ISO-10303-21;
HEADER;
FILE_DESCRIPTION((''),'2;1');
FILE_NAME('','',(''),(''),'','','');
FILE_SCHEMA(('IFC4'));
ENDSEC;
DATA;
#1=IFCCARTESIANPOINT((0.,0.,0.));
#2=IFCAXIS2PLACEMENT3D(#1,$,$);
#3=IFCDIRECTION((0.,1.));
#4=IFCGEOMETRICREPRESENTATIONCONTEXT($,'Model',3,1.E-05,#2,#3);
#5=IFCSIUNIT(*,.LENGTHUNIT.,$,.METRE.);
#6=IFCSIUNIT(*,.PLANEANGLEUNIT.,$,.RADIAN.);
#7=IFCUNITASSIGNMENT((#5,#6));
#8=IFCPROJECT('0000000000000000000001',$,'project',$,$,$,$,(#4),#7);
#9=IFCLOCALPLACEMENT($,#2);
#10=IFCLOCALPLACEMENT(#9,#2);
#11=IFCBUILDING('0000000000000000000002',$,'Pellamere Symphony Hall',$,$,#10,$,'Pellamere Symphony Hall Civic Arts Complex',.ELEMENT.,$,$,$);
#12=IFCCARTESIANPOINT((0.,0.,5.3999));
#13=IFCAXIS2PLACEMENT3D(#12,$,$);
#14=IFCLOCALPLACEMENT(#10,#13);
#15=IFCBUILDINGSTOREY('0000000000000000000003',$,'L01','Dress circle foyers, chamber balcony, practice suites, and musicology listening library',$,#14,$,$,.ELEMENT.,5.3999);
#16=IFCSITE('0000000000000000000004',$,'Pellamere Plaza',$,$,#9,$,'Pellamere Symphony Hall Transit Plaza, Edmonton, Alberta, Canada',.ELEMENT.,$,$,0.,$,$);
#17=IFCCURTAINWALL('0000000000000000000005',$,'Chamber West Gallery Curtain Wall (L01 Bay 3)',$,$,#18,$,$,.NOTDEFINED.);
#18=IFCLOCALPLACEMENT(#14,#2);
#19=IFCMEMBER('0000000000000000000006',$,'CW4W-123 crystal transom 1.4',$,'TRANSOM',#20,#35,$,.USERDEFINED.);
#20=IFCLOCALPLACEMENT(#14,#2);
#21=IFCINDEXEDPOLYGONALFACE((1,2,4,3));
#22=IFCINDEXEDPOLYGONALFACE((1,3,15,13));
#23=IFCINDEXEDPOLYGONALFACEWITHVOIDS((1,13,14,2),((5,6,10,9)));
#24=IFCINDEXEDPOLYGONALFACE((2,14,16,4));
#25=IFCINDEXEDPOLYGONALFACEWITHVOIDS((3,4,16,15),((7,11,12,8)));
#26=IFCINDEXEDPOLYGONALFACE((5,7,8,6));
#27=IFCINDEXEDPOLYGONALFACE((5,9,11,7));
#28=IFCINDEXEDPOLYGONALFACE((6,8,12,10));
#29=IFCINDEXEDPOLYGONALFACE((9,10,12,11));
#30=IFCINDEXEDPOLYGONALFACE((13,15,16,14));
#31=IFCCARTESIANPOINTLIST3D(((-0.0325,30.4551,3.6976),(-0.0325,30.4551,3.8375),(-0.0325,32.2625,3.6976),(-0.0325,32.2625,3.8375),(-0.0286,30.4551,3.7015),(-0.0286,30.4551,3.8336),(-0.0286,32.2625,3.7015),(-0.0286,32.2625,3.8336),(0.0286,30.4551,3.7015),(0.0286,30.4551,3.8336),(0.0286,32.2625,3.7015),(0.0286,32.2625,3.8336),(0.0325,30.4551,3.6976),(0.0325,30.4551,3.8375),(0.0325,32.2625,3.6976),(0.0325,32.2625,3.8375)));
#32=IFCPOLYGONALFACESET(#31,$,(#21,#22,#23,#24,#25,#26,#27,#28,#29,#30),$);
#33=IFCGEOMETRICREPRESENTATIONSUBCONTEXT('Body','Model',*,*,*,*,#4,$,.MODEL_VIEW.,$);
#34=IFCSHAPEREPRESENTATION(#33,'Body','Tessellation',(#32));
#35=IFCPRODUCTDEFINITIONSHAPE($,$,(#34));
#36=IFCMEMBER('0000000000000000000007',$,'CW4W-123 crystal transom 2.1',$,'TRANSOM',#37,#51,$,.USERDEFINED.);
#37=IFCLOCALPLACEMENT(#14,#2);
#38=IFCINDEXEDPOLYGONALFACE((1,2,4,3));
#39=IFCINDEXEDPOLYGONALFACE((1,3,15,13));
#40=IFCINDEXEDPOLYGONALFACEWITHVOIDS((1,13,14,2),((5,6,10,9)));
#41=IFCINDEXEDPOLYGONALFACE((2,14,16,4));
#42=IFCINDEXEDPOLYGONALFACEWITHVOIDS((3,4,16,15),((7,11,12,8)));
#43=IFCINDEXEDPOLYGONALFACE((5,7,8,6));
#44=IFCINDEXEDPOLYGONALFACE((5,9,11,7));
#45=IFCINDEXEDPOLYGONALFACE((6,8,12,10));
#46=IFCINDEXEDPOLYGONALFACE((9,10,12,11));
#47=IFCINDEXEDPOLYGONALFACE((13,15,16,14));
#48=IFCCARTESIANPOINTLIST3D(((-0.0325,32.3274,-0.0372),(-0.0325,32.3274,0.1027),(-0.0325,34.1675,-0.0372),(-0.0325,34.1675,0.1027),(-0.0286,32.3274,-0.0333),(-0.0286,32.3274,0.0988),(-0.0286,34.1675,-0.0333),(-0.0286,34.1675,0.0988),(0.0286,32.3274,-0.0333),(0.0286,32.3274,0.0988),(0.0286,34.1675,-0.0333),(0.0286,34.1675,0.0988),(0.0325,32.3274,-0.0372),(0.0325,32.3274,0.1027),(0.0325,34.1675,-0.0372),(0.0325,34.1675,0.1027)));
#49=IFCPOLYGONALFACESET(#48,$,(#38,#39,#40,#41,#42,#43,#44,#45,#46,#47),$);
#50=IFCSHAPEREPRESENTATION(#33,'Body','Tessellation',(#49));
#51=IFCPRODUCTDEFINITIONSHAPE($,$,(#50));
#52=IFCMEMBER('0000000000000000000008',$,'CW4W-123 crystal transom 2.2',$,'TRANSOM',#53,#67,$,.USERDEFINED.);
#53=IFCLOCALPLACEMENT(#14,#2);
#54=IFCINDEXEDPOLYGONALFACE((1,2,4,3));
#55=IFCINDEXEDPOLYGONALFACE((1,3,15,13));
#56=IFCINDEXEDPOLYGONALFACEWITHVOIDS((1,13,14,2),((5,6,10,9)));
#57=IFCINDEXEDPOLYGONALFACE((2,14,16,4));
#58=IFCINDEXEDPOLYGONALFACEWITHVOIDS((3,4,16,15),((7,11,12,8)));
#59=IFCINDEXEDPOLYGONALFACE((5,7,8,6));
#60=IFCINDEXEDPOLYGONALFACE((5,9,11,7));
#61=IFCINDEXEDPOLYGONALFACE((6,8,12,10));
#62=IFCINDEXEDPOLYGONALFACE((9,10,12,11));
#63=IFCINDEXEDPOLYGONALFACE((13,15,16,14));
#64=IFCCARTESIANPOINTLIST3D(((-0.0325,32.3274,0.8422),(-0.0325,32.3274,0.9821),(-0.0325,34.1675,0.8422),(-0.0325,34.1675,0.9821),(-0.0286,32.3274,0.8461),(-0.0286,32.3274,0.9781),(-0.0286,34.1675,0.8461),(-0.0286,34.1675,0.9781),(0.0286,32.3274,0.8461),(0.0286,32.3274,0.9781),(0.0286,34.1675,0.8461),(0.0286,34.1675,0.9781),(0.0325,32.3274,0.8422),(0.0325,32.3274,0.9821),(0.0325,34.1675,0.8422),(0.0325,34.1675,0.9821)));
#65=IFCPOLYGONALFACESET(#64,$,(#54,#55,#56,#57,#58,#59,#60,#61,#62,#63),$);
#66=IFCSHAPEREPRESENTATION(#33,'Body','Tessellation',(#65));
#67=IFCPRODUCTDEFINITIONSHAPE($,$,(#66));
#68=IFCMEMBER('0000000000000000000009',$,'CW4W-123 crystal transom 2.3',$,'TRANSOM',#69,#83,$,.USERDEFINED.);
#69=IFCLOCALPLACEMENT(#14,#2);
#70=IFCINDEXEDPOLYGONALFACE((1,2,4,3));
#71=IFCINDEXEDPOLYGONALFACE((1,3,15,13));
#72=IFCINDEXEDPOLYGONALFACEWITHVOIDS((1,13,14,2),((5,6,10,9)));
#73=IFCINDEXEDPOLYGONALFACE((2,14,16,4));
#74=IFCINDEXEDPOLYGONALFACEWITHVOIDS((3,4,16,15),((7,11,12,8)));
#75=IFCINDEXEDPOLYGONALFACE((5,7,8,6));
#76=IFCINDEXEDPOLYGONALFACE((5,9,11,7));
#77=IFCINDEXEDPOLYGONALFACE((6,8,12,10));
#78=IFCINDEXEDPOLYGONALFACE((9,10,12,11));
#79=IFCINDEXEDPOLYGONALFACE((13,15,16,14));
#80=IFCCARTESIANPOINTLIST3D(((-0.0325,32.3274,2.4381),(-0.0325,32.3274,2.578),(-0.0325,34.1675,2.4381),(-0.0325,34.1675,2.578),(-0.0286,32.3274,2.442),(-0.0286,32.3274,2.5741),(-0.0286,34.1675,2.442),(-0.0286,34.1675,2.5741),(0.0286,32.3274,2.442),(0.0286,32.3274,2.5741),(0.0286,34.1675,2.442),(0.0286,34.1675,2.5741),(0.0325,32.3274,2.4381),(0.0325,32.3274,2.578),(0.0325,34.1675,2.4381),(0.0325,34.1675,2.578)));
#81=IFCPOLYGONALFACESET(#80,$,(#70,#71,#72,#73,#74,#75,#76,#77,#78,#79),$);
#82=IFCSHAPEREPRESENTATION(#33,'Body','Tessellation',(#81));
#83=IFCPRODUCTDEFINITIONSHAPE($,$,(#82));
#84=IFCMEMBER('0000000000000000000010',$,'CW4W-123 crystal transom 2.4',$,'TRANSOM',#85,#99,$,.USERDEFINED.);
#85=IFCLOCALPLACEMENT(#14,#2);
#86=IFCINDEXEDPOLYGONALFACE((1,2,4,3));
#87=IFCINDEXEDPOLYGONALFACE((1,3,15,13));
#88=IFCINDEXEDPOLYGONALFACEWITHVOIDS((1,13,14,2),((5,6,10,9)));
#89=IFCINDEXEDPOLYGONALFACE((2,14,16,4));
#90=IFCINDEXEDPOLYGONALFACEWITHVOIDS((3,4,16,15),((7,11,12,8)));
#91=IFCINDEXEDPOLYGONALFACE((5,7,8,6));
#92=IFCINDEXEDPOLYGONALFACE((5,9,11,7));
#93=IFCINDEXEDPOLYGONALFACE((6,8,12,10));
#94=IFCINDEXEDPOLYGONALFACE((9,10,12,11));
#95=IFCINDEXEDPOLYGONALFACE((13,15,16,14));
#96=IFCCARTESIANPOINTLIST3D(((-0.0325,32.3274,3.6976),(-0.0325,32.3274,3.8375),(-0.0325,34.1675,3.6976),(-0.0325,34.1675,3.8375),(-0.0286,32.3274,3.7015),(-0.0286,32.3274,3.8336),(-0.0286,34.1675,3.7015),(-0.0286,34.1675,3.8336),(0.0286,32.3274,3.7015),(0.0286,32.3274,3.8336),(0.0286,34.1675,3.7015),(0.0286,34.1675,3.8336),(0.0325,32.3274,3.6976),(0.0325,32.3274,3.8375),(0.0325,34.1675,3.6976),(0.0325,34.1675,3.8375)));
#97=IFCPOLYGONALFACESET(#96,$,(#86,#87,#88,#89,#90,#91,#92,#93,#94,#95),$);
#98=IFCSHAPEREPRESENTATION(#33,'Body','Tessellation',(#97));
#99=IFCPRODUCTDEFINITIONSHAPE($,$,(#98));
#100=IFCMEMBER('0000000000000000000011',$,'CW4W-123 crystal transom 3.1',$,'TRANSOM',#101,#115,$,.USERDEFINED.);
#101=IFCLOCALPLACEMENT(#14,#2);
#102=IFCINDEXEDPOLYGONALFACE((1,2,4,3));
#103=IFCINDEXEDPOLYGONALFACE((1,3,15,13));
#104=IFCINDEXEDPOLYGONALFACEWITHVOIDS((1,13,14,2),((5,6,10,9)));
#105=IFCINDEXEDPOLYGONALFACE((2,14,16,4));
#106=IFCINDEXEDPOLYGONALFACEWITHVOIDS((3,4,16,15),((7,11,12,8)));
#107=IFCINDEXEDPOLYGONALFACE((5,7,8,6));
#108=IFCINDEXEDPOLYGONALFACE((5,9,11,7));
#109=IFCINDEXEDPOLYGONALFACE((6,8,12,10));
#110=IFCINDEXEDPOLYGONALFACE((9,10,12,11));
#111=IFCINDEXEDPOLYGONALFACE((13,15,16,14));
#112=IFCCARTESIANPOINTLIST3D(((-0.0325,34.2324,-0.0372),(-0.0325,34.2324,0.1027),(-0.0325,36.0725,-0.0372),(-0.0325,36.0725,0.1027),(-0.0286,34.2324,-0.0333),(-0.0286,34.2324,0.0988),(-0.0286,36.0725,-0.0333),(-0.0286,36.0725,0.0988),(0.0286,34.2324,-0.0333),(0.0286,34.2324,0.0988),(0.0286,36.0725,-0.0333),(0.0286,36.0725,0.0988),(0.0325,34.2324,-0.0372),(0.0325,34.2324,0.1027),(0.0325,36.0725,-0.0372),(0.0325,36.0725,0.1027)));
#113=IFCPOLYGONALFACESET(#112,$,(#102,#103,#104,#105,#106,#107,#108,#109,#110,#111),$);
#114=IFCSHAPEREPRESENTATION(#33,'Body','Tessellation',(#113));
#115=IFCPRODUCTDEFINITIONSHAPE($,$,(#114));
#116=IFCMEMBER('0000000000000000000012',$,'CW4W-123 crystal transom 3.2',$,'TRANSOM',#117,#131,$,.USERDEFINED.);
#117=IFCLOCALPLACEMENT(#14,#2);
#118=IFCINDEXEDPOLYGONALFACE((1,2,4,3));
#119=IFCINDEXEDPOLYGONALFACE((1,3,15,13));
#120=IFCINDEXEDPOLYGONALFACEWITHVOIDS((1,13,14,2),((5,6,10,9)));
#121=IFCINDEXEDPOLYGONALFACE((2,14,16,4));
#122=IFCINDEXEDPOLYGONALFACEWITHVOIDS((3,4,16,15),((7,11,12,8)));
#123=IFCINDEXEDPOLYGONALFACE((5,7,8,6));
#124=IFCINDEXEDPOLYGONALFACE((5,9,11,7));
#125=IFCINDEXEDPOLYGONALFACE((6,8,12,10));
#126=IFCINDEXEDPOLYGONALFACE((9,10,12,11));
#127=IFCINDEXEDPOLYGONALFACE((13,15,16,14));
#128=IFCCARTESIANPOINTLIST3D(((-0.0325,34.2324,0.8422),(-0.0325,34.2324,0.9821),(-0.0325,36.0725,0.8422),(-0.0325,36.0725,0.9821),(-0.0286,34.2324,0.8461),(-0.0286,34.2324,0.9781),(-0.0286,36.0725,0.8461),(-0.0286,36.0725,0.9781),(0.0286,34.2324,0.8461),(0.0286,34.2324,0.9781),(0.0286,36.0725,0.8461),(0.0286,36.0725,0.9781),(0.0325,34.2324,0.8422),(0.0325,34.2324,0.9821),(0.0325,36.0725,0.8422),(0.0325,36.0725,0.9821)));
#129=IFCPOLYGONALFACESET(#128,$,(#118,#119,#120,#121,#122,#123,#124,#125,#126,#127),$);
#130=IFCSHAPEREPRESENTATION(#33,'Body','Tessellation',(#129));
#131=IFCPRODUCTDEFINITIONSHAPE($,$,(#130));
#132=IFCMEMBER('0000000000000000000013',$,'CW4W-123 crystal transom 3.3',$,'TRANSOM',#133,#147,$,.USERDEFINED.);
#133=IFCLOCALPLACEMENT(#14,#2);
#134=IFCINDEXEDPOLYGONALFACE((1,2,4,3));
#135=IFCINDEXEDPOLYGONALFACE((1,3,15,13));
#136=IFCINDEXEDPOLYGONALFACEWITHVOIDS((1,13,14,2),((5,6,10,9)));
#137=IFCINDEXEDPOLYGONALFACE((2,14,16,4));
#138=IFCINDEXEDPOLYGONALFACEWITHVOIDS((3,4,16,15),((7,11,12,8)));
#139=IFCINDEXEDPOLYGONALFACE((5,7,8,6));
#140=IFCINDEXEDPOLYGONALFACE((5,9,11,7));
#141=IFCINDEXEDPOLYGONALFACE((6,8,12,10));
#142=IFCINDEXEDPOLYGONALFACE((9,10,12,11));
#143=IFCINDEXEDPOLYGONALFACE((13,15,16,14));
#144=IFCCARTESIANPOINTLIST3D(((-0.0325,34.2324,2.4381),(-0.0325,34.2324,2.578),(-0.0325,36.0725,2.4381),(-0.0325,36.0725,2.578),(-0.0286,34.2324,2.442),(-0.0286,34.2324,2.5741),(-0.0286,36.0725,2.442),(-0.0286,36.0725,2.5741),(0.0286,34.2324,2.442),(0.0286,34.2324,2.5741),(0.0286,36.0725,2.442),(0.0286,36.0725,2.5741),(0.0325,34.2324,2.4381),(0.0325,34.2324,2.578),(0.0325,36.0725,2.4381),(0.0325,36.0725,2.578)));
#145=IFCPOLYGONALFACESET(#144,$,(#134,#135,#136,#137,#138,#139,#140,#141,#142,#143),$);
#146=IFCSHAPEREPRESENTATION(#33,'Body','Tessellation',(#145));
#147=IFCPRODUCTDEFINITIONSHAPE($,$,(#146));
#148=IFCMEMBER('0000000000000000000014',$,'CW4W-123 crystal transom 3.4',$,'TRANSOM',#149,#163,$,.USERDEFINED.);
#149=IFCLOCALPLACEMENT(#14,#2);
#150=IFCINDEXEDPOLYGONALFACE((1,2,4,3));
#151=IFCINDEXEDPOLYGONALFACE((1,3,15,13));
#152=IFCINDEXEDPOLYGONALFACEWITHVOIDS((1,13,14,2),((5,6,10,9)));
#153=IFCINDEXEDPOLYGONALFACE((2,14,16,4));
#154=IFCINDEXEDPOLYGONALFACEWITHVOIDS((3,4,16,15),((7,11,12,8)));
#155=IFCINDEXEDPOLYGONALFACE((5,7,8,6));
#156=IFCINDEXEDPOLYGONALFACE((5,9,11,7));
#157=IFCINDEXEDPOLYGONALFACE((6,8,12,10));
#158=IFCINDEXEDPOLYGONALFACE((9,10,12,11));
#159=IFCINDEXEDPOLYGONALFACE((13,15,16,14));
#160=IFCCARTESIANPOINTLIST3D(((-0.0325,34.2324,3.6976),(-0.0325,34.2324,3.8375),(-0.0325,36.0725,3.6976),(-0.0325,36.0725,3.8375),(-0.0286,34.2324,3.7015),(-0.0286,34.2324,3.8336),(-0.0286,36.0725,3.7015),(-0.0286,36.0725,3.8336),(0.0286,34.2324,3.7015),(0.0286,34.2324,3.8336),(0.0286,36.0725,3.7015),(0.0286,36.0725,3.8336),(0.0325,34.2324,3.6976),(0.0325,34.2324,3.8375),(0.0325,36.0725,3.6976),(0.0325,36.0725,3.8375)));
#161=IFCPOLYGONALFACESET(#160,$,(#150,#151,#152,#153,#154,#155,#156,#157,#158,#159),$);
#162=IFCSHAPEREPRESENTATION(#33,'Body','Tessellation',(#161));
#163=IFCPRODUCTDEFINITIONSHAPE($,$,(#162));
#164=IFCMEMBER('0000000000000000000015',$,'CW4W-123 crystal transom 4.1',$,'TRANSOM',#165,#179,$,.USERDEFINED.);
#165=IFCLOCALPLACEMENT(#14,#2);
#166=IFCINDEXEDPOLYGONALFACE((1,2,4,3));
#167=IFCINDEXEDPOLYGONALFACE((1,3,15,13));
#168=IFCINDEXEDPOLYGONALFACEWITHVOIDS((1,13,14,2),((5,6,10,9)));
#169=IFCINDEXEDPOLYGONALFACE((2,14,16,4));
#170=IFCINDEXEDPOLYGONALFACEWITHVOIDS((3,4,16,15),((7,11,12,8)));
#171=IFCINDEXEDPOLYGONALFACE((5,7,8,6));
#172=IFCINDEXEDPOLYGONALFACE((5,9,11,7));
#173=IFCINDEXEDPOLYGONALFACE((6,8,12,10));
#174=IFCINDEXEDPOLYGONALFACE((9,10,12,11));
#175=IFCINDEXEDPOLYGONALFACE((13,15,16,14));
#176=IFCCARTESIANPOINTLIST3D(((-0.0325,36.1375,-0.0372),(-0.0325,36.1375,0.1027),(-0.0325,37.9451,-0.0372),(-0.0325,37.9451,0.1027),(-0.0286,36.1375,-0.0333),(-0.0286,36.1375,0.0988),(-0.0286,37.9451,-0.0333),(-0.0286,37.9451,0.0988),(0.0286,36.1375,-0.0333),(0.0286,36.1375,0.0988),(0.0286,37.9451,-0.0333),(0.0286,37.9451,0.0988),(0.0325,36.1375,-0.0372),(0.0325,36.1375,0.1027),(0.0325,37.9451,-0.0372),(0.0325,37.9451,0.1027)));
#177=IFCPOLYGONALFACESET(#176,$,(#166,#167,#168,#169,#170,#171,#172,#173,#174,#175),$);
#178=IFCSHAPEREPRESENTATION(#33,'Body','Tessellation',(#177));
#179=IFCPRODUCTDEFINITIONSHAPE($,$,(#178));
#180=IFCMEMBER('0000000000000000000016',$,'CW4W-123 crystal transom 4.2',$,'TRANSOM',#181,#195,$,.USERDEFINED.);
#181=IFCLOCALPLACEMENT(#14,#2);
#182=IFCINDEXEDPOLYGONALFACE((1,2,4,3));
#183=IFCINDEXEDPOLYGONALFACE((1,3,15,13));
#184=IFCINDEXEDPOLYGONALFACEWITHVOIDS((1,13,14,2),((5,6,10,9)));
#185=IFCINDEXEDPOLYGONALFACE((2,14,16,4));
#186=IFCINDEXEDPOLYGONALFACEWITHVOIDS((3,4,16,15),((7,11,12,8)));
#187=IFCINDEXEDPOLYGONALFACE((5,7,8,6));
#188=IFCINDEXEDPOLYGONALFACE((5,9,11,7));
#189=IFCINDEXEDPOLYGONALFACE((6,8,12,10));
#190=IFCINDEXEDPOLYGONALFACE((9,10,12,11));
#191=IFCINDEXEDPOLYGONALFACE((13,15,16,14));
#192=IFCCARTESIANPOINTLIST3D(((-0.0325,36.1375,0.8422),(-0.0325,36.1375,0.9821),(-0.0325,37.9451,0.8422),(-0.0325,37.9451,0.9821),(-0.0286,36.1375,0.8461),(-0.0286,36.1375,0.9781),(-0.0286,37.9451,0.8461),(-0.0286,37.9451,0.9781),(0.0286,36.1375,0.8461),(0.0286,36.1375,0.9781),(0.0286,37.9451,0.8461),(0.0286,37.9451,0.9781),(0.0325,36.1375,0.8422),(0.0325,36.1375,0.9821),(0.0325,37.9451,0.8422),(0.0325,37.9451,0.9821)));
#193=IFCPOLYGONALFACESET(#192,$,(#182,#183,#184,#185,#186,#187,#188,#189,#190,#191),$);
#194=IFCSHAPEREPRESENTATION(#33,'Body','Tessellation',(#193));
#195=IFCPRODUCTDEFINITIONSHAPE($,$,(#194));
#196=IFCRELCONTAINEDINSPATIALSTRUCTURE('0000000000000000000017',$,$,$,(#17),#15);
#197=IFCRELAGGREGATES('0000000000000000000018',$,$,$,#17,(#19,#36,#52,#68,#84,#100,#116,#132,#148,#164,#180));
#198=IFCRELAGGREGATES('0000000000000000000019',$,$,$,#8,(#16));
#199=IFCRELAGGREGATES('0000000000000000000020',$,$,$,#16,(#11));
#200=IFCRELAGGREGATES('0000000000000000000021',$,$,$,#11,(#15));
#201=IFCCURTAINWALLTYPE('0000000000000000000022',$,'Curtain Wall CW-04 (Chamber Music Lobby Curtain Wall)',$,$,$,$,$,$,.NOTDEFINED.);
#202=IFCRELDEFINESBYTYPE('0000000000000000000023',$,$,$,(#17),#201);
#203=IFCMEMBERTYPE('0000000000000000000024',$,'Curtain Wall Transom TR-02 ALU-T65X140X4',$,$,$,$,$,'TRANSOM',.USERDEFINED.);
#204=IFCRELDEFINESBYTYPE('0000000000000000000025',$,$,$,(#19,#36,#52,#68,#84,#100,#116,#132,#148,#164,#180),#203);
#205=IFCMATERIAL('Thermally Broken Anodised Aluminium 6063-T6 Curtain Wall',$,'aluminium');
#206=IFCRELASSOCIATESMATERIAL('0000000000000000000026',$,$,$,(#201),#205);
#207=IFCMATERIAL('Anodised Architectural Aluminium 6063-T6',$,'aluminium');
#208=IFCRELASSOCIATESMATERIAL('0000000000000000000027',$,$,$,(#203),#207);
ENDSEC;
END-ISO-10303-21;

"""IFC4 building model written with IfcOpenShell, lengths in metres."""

from ifc_helpers import new_model, si_unit, direction, frame, origin, origin_2d, place, context, subcontext, project, spatial, hollow_rectangle, extrude, material, material_profile, profile_set, type_object, element, aggregate, save


model = new_model("IFC4")

# Units and contexts
model_context = context("Model", 3, precision=1e-05, world=origin(), true_north=direction((0.0, 1.0)))
body_context = subcontext(model_context, "Body", "Model", "MODEL_VIEW")
ifc_project = project(units=[si_unit("LENGTHUNIT", "METRE"), si_unit("PLANEANGLEUNIT", "RADIAN")], contexts=[model_context])

# Site, building, storey
site_placement = place(None, origin())
site = spatial("IfcSite", under=ifc_project, at=site_placement, Name="Pellamere Plaza", LongName="Pellamere Symphony Hall Transit Plaza, Edmonton, Alberta, Canada", CompositionType="ELEMENT", RefElevation=0.0)
building_placement = place(site_placement, origin())
building = spatial("IfcBuilding", under=site, at=building_placement, Name="Pellamere Symphony Hall", LongName="Pellamere Symphony Hall Civic Arts Complex", CompositionType="ELEMENT")
storey_placement = place(building_placement, frame((0.0, 0.0, 5.3999)))
storey = spatial("IfcBuildingStorey", under=building, at=storey_placement, Name="L01", Description="Dress circle foyers, chamber balcony, practice suites, and musicology listening library", CompositionType="ELEMENT", Elevation=5.3999)

# Shared definitions
ifc_material_1 = material(Name="Thermally Broken Anodised Aluminium 6063-T6 Curtain Wall", Category="aluminium")
curtain_wall_type = type_object("IfcCurtainWallType", Name="Curtain Wall CW-04 (Chamber Music Lobby Curtain Wall)", PredefinedType="NOTDEFINED", material=ifc_material_1)
ifc_material_2 = material(Name="Anodised Architectural Aluminium 6063-T6", Category="aluminium")

# Curtain wall, members
curtain_wall_1_placement = place(storey_placement, origin())
curtain_wall_1 = element("IfcCurtainWall", 1, at=curtain_wall_1_placement, inside=storey, type_object=curtain_wall_type, Name="Chamber West Gallery Curtain Wall (L01 Bay 3)", PredefinedType="NOTDEFINED")
ifc_material_profile_1 = material_profile(ifc_material_2, hollow_rectangle(XDim=0.0649, YDim=0.1399, WallThickness=0.0039, at=origin_2d()), Name="ALU-T65X140X4")
ifc_profile_set_1 = profile_set([ifc_material_profile_1], Name="Anodised Architectural Aluminium 6063-T6")
member_type_1 = type_object("IfcMemberType", Name="Curtain Wall Transom TR-02 ALU-T65X140X4", ElementType="TRANSOM", PredefinedType="USERDEFINED", material=ifc_profile_set_1)
member_1_placement = place(storey_placement, frame((0.0, 30.4551, 3.7676), z_axis=(0.0, 1.0, 0.0), x_axis=(-1.0, 0.0, 0.0)))
member_1 = element("IfcMember", 2, at=member_1_placement, type_object=member_type_1, Name="CW4W-123 crystal transom 1.4", ObjectType="TRANSOM", PredefinedType="USERDEFINED", context=body_context, shape_type="SweptSolid", body=[
    extrude(hollow_rectangle(XDim=0.0649, YDim=0.1399, WallThickness=0.0039, at=origin_2d()), origin(), (0.0, 0.0, 1.0), 1.8074),
])
member_2_placement = place(storey_placement, frame((0.0, 32.3274, 0.0327), z_axis=(0.0, 1.0, 0.0), x_axis=(-1.0, 0.0, 0.0)))
member_2 = element("IfcMember", 3, at=member_2_placement, type_object=member_type_1, Name="CW4W-123 crystal transom 2.1", ObjectType="TRANSOM", PredefinedType="USERDEFINED", context=body_context, shape_type="SweptSolid", body=[
    extrude(hollow_rectangle(XDim=0.0649, YDim=0.1399, WallThickness=0.0039, at=origin_2d()), origin(), (0.0, 0.0, 1.0), 1.8401),
])
member_3_placement = place(storey_placement, frame((0.0, 32.3274, 0.9121), z_axis=(0.0, 1.0, 0.0), x_axis=(-1.0, 0.0, 0.0)))
member_3 = element("IfcMember", 4, at=member_3_placement, type_object=member_type_1, Name="CW4W-123 crystal transom 2.2", ObjectType="TRANSOM", PredefinedType="USERDEFINED", context=body_context, shape_type="SweptSolid", body=[
    extrude(hollow_rectangle(XDim=0.0649, YDim=0.1399, WallThickness=0.0039, at=origin_2d()), origin(), (0.0, 0.0, 1.0), 1.8401),
])
member_4_placement = place(storey_placement, frame((0.0, 32.3274, 2.5081), z_axis=(0.0, 1.0, 0.0), x_axis=(-1.0, 0.0, 0.0)))
member_4 = element("IfcMember", 5, at=member_4_placement, type_object=member_type_1, Name="CW4W-123 crystal transom 2.3", ObjectType="TRANSOM", PredefinedType="USERDEFINED", context=body_context, shape_type="SweptSolid", body=[
    extrude(hollow_rectangle(XDim=0.0649, YDim=0.1399, WallThickness=0.0039, at=origin_2d()), origin(), (0.0, 0.0, 1.0), 1.8401),
])
member_5_placement = place(storey_placement, frame((0.0, 32.3274, 3.7676), z_axis=(0.0, 1.0, 0.0), x_axis=(-1.0, 0.0, 0.0)))
member_5 = element("IfcMember", 6, at=member_5_placement, type_object=member_type_1, Name="CW4W-123 crystal transom 2.4", ObjectType="TRANSOM", PredefinedType="USERDEFINED", context=body_context, shape_type="SweptSolid", body=[
    extrude(hollow_rectangle(XDim=0.0649, YDim=0.1399, WallThickness=0.0039, at=origin_2d()), origin(), (0.0, 0.0, 1.0), 1.8401),
])
member_6_placement = place(storey_placement, frame((0.0, 34.2324, 0.0327), z_axis=(0.0, 1.0, 0.0), x_axis=(-1.0, 0.0, 0.0)))
member_6 = element("IfcMember", 7, at=member_6_placement, type_object=member_type_1, Name="CW4W-123 crystal transom 3.1", ObjectType="TRANSOM", PredefinedType="USERDEFINED", context=body_context, shape_type="SweptSolid", body=[
    extrude(hollow_rectangle(XDim=0.0649, YDim=0.1399, WallThickness=0.0039, at=origin_2d()), origin(), (0.0, 0.0, 1.0), 1.8401),
])
member_7_placement = place(storey_placement, frame((0.0, 34.2324, 0.9121), z_axis=(0.0, 1.0, 0.0), x_axis=(-1.0, 0.0, 0.0)))
member_7 = element("IfcMember", 8, at=member_7_placement, type_object=member_type_1, Name="CW4W-123 crystal transom 3.2", ObjectType="TRANSOM", PredefinedType="USERDEFINED", context=body_context, shape_type="SweptSolid", body=[
    extrude(hollow_rectangle(XDim=0.0649, YDim=0.1399, WallThickness=0.0039, at=origin_2d()), origin(), (0.0, 0.0, 1.0), 1.8401),
])
member_8_placement = place(storey_placement, frame((0.0, 34.2324, 2.5081), z_axis=(0.0, 1.0, 0.0), x_axis=(-1.0, 0.0, 0.0)))
member_8 = element("IfcMember", 9, at=member_8_placement, type_object=member_type_1, Name="CW4W-123 crystal transom 3.3", ObjectType="TRANSOM", PredefinedType="USERDEFINED", context=body_context, shape_type="SweptSolid", body=[
    extrude(hollow_rectangle(XDim=0.0649, YDim=0.1399, WallThickness=0.0039, at=origin_2d()), origin(), (0.0, 0.0, 1.0), 1.8401),
])
member_9_placement = place(storey_placement, frame((0.0, 34.2324, 3.7676), z_axis=(0.0, 1.0, 0.0), x_axis=(-1.0, 0.0, 0.0)))
member_9 = element("IfcMember", 10, at=member_9_placement, type_object=member_type_1, Name="CW4W-123 crystal transom 3.4", ObjectType="TRANSOM", PredefinedType="USERDEFINED", context=body_context, shape_type="SweptSolid", body=[
    extrude(hollow_rectangle(XDim=0.0649, YDim=0.1399, WallThickness=0.0039, at=origin_2d()), origin(), (0.0, 0.0, 1.0), 1.8401),
])
member_10_placement = place(storey_placement, frame((0.0, 36.1375, 0.0327), z_axis=(0.0, 1.0, 0.0), x_axis=(-1.0, 0.0, 0.0)))
member_10 = element("IfcMember", 11, at=member_10_placement, type_object=member_type_1, Name="CW4W-123 crystal transom 4.1", ObjectType="TRANSOM", PredefinedType="USERDEFINED", context=body_context, shape_type="SweptSolid", body=[
    extrude(hollow_rectangle(XDim=0.0649, YDim=0.1399, WallThickness=0.0039, at=origin_2d()), origin(), (0.0, 0.0, 1.0), 1.8076),
])
member_11_placement = place(storey_placement, frame((0.0, 36.1375, 0.9121), z_axis=(0.0, 1.0, 0.0), x_axis=(-1.0, 0.0, 0.0)))
member_11 = element("IfcMember", 12, at=member_11_placement, type_object=member_type_1, Name="CW4W-123 crystal transom 4.2", ObjectType="TRANSOM", PredefinedType="USERDEFINED", context=body_context, shape_type="SweptSolid", body=[
    extrude(hollow_rectangle(XDim=0.0649, YDim=0.1399, WallThickness=0.0039, at=origin_2d()), origin(), (0.0, 0.0, 1.0), 1.8076),
])

aggregate(curtain_wall_1, [member_1, member_2, member_3, member_4, member_5, member_6, member_7, member_8, member_9, member_10, member_11])

save(model, "model.ifc")
